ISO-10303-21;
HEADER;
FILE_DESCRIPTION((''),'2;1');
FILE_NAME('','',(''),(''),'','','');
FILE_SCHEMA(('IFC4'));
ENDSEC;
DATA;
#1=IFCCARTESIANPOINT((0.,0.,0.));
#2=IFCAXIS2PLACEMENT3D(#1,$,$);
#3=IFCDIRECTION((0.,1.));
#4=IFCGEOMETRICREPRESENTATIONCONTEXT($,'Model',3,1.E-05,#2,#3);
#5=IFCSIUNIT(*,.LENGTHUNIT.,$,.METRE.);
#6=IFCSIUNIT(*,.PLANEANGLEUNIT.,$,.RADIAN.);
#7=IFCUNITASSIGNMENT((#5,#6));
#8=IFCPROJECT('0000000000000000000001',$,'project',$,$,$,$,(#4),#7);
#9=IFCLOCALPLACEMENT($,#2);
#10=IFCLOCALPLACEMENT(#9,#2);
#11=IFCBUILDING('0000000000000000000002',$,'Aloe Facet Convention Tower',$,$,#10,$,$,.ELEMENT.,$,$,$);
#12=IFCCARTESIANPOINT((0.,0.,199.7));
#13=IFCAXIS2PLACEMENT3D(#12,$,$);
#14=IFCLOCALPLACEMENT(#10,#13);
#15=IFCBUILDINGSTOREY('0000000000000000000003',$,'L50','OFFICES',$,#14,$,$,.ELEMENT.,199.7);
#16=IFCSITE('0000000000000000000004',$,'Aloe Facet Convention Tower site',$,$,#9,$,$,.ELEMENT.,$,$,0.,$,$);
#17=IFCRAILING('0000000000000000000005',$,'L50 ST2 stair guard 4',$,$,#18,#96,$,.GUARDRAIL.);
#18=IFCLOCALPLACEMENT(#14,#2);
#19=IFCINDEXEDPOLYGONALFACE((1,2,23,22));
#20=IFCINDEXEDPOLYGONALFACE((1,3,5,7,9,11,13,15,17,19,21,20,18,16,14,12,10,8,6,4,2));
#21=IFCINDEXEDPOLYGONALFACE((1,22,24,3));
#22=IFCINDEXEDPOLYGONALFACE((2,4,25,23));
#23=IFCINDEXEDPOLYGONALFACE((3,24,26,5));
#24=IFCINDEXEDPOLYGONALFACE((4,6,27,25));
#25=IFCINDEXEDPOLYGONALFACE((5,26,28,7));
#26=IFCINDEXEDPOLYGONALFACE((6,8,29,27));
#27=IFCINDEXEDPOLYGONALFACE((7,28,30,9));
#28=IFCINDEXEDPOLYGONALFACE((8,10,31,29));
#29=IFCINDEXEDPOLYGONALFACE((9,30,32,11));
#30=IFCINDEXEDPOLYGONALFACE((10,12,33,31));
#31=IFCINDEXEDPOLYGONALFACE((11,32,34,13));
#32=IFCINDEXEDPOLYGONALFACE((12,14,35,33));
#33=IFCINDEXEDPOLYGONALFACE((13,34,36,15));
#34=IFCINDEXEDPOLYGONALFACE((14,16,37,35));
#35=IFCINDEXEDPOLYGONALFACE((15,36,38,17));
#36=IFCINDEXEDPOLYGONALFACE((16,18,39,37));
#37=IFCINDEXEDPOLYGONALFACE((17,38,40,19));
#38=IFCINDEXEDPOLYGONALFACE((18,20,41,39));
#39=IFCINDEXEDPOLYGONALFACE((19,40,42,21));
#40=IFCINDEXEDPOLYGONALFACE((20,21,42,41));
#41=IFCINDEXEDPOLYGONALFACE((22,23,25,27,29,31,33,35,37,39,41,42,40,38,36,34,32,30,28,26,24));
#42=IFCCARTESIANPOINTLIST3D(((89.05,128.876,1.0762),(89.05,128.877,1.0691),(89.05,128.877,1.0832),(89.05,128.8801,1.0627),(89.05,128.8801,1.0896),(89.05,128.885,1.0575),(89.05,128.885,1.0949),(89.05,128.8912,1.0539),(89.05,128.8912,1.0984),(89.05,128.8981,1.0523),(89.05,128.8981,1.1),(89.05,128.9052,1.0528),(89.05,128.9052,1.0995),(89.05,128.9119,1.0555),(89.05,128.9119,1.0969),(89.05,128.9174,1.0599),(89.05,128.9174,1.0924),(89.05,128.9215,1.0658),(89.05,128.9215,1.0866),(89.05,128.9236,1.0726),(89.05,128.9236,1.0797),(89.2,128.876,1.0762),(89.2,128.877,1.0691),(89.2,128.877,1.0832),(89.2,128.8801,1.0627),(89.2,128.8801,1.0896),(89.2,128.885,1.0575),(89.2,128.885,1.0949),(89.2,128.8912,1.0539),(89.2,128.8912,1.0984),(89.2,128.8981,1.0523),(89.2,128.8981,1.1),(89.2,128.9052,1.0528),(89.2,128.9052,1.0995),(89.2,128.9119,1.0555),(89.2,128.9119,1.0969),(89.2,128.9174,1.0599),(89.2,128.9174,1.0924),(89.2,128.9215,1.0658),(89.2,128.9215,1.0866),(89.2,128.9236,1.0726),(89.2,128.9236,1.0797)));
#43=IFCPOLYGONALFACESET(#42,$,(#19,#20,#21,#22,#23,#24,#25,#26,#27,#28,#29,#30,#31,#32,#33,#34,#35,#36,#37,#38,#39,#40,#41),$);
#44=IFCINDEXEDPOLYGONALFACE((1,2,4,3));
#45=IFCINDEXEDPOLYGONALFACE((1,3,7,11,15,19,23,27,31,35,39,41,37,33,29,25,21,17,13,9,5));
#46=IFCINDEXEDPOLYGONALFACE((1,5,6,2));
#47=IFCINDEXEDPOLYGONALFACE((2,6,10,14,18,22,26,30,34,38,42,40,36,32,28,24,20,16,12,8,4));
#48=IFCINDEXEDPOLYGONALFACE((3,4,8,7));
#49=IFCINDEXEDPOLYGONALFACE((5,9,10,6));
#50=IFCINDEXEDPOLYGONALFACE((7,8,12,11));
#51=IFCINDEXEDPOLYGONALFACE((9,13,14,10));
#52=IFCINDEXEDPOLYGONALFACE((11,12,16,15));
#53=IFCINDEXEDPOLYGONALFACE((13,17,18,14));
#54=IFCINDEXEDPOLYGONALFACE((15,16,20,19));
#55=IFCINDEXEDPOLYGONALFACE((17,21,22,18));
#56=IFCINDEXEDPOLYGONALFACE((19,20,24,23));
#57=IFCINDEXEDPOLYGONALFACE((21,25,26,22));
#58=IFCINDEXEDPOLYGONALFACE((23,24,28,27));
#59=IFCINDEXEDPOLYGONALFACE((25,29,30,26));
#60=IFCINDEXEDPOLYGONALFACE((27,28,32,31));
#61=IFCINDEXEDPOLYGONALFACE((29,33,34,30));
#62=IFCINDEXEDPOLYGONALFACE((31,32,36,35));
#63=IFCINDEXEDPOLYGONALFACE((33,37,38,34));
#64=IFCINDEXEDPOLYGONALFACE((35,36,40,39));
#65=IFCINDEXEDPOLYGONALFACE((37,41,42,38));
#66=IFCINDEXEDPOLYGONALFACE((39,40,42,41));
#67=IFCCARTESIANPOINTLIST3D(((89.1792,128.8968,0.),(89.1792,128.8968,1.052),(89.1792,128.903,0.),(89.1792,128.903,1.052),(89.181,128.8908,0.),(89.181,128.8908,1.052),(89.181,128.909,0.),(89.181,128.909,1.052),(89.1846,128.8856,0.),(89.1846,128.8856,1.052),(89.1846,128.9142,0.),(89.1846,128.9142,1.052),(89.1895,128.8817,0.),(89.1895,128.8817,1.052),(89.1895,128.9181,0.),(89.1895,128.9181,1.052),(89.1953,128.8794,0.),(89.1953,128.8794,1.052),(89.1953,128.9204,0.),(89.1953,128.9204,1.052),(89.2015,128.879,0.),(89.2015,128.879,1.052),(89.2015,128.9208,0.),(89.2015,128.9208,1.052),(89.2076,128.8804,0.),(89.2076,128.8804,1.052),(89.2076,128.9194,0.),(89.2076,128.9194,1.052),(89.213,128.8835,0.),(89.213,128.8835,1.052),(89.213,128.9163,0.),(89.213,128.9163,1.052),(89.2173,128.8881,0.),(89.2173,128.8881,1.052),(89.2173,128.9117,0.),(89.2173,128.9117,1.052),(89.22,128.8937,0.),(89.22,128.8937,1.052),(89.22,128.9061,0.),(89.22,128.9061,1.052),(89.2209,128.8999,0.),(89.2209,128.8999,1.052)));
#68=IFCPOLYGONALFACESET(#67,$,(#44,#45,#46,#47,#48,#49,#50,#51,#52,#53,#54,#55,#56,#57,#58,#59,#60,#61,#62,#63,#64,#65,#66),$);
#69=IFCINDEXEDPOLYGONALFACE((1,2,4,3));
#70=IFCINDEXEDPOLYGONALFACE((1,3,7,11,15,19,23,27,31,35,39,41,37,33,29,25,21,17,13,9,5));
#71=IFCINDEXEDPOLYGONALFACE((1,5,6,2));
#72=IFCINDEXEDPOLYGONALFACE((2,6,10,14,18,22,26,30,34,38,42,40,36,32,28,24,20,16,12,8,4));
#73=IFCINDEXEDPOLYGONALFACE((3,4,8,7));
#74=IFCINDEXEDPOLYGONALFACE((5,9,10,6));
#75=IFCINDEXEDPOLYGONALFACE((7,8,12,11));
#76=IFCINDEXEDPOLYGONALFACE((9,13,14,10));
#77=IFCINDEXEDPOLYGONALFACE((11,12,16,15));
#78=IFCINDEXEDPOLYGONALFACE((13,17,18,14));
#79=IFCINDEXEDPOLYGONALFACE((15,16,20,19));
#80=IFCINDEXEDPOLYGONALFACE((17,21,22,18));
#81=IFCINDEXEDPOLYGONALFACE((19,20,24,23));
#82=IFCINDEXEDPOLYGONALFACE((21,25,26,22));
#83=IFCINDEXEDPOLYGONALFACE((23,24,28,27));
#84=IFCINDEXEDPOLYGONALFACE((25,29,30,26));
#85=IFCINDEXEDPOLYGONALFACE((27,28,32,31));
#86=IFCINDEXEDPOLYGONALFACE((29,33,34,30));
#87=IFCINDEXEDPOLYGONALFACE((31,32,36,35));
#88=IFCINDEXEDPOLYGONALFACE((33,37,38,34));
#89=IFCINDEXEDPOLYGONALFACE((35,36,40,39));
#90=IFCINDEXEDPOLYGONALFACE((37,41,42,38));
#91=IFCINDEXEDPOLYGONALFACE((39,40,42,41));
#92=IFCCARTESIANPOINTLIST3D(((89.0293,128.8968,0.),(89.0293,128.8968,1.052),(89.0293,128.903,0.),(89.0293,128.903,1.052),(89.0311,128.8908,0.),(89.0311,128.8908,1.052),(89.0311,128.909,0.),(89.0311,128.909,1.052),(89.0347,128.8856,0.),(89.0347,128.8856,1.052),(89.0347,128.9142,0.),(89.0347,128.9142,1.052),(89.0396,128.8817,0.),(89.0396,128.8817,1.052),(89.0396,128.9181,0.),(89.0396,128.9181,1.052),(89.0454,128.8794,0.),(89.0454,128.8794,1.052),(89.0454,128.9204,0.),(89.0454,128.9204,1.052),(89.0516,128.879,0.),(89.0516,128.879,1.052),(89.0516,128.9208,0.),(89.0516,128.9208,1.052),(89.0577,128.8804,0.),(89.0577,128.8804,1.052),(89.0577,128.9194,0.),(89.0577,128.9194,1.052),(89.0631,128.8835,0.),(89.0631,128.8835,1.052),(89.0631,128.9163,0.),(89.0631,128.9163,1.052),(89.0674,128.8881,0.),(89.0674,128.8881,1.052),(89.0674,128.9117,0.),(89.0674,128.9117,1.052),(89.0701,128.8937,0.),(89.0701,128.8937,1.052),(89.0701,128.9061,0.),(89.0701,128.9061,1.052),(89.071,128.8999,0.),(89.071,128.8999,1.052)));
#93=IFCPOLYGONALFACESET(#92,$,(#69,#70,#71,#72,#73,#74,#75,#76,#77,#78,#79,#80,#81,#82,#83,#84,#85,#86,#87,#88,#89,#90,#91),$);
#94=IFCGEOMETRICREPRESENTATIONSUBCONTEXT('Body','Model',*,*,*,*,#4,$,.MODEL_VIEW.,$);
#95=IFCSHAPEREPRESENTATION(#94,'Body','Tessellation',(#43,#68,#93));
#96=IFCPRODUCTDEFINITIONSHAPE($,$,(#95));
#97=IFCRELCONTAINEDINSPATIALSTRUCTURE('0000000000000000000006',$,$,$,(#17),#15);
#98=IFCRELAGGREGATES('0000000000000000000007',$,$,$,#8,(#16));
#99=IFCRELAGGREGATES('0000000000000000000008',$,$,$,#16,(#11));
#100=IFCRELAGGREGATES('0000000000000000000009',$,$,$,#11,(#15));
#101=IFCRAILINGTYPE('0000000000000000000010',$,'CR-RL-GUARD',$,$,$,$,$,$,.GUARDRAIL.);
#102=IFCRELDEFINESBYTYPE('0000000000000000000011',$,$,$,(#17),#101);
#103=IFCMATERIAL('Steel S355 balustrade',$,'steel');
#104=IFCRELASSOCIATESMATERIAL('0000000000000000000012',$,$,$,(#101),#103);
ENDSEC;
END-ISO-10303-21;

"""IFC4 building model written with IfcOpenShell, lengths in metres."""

from ifc_helpers import new_model, si_unit, direction, frame, origin, origin_2d, place, context, subcontext, project, spatial, circle, extrude, material, type_object, element, save


model = new_model("IFC4")

# Units and contexts
model_context = context("Model", 3, precision=1e-05, world=origin(), true_north=direction((0.0, 1.0)))
body_context = subcontext(model_context, "Body", "Model", "MODEL_VIEW")
ifc_project = project(units=[si_unit("LENGTHUNIT", "METRE"), si_unit("PLANEANGLEUNIT", "RADIAN")], contexts=[model_context])

# Site, building, storey
site_placement = place(None, origin())
site = spatial("IfcSite", under=ifc_project, at=site_placement, Name="Aloe Facet Convention Tower site", CompositionType="ELEMENT", RefElevation=0.0)
building_placement = place(site_placement, origin())
building = spatial("IfcBuilding", under=site, at=building_placement, Name="Aloe Facet Convention Tower", CompositionType="ELEMENT")
storey_placement = place(building_placement, frame((0.0, 0.0, 199.7)))
storey = spatial("IfcBuildingStorey", under=building, at=storey_placement, Name="L50", Description="OFFICES", CompositionType="ELEMENT", Elevation=199.7)

# Railing
ifc_material_1 = material(Name="Steel S355 balustrade", Category="steel")
railing_type_1 = type_object("IfcRailingType", Name="CR-RL-GUARD", PredefinedType="GUARDRAIL", material=ifc_material_1)
railing_1_placement = place(storey_placement, frame((89.2, 128.8999, 0.0)))
element("IfcRailing", 1, at=railing_1_placement, inside=storey, type_object=railing_type_1, Name="L50 ST2 stair guard 4", PredefinedType="GUARDRAIL", context=body_context, shape_type="SweptSolid", body=[
    extrude(circle(Radius=0.0239, at=origin_2d()), frame((0.0, 0.0, 1.0762), z_axis=(-1.0, 0.0, 0.0), x_axis=(0.0, -1.0, 0.0)), (0.0, 0.0, 1.0), 0.1499),
    extrude(circle(Radius=0.021, at=origin_2d()), origin(), (0.0, 0.0, 1.0), 1.052),
    extrude(circle(Radius=0.021, at=origin_2d()), frame((-0.1499, 0.0, 0.0)), (0.0, 0.0, 1.0), 1.052),
])

save(model, "model.ifc")
